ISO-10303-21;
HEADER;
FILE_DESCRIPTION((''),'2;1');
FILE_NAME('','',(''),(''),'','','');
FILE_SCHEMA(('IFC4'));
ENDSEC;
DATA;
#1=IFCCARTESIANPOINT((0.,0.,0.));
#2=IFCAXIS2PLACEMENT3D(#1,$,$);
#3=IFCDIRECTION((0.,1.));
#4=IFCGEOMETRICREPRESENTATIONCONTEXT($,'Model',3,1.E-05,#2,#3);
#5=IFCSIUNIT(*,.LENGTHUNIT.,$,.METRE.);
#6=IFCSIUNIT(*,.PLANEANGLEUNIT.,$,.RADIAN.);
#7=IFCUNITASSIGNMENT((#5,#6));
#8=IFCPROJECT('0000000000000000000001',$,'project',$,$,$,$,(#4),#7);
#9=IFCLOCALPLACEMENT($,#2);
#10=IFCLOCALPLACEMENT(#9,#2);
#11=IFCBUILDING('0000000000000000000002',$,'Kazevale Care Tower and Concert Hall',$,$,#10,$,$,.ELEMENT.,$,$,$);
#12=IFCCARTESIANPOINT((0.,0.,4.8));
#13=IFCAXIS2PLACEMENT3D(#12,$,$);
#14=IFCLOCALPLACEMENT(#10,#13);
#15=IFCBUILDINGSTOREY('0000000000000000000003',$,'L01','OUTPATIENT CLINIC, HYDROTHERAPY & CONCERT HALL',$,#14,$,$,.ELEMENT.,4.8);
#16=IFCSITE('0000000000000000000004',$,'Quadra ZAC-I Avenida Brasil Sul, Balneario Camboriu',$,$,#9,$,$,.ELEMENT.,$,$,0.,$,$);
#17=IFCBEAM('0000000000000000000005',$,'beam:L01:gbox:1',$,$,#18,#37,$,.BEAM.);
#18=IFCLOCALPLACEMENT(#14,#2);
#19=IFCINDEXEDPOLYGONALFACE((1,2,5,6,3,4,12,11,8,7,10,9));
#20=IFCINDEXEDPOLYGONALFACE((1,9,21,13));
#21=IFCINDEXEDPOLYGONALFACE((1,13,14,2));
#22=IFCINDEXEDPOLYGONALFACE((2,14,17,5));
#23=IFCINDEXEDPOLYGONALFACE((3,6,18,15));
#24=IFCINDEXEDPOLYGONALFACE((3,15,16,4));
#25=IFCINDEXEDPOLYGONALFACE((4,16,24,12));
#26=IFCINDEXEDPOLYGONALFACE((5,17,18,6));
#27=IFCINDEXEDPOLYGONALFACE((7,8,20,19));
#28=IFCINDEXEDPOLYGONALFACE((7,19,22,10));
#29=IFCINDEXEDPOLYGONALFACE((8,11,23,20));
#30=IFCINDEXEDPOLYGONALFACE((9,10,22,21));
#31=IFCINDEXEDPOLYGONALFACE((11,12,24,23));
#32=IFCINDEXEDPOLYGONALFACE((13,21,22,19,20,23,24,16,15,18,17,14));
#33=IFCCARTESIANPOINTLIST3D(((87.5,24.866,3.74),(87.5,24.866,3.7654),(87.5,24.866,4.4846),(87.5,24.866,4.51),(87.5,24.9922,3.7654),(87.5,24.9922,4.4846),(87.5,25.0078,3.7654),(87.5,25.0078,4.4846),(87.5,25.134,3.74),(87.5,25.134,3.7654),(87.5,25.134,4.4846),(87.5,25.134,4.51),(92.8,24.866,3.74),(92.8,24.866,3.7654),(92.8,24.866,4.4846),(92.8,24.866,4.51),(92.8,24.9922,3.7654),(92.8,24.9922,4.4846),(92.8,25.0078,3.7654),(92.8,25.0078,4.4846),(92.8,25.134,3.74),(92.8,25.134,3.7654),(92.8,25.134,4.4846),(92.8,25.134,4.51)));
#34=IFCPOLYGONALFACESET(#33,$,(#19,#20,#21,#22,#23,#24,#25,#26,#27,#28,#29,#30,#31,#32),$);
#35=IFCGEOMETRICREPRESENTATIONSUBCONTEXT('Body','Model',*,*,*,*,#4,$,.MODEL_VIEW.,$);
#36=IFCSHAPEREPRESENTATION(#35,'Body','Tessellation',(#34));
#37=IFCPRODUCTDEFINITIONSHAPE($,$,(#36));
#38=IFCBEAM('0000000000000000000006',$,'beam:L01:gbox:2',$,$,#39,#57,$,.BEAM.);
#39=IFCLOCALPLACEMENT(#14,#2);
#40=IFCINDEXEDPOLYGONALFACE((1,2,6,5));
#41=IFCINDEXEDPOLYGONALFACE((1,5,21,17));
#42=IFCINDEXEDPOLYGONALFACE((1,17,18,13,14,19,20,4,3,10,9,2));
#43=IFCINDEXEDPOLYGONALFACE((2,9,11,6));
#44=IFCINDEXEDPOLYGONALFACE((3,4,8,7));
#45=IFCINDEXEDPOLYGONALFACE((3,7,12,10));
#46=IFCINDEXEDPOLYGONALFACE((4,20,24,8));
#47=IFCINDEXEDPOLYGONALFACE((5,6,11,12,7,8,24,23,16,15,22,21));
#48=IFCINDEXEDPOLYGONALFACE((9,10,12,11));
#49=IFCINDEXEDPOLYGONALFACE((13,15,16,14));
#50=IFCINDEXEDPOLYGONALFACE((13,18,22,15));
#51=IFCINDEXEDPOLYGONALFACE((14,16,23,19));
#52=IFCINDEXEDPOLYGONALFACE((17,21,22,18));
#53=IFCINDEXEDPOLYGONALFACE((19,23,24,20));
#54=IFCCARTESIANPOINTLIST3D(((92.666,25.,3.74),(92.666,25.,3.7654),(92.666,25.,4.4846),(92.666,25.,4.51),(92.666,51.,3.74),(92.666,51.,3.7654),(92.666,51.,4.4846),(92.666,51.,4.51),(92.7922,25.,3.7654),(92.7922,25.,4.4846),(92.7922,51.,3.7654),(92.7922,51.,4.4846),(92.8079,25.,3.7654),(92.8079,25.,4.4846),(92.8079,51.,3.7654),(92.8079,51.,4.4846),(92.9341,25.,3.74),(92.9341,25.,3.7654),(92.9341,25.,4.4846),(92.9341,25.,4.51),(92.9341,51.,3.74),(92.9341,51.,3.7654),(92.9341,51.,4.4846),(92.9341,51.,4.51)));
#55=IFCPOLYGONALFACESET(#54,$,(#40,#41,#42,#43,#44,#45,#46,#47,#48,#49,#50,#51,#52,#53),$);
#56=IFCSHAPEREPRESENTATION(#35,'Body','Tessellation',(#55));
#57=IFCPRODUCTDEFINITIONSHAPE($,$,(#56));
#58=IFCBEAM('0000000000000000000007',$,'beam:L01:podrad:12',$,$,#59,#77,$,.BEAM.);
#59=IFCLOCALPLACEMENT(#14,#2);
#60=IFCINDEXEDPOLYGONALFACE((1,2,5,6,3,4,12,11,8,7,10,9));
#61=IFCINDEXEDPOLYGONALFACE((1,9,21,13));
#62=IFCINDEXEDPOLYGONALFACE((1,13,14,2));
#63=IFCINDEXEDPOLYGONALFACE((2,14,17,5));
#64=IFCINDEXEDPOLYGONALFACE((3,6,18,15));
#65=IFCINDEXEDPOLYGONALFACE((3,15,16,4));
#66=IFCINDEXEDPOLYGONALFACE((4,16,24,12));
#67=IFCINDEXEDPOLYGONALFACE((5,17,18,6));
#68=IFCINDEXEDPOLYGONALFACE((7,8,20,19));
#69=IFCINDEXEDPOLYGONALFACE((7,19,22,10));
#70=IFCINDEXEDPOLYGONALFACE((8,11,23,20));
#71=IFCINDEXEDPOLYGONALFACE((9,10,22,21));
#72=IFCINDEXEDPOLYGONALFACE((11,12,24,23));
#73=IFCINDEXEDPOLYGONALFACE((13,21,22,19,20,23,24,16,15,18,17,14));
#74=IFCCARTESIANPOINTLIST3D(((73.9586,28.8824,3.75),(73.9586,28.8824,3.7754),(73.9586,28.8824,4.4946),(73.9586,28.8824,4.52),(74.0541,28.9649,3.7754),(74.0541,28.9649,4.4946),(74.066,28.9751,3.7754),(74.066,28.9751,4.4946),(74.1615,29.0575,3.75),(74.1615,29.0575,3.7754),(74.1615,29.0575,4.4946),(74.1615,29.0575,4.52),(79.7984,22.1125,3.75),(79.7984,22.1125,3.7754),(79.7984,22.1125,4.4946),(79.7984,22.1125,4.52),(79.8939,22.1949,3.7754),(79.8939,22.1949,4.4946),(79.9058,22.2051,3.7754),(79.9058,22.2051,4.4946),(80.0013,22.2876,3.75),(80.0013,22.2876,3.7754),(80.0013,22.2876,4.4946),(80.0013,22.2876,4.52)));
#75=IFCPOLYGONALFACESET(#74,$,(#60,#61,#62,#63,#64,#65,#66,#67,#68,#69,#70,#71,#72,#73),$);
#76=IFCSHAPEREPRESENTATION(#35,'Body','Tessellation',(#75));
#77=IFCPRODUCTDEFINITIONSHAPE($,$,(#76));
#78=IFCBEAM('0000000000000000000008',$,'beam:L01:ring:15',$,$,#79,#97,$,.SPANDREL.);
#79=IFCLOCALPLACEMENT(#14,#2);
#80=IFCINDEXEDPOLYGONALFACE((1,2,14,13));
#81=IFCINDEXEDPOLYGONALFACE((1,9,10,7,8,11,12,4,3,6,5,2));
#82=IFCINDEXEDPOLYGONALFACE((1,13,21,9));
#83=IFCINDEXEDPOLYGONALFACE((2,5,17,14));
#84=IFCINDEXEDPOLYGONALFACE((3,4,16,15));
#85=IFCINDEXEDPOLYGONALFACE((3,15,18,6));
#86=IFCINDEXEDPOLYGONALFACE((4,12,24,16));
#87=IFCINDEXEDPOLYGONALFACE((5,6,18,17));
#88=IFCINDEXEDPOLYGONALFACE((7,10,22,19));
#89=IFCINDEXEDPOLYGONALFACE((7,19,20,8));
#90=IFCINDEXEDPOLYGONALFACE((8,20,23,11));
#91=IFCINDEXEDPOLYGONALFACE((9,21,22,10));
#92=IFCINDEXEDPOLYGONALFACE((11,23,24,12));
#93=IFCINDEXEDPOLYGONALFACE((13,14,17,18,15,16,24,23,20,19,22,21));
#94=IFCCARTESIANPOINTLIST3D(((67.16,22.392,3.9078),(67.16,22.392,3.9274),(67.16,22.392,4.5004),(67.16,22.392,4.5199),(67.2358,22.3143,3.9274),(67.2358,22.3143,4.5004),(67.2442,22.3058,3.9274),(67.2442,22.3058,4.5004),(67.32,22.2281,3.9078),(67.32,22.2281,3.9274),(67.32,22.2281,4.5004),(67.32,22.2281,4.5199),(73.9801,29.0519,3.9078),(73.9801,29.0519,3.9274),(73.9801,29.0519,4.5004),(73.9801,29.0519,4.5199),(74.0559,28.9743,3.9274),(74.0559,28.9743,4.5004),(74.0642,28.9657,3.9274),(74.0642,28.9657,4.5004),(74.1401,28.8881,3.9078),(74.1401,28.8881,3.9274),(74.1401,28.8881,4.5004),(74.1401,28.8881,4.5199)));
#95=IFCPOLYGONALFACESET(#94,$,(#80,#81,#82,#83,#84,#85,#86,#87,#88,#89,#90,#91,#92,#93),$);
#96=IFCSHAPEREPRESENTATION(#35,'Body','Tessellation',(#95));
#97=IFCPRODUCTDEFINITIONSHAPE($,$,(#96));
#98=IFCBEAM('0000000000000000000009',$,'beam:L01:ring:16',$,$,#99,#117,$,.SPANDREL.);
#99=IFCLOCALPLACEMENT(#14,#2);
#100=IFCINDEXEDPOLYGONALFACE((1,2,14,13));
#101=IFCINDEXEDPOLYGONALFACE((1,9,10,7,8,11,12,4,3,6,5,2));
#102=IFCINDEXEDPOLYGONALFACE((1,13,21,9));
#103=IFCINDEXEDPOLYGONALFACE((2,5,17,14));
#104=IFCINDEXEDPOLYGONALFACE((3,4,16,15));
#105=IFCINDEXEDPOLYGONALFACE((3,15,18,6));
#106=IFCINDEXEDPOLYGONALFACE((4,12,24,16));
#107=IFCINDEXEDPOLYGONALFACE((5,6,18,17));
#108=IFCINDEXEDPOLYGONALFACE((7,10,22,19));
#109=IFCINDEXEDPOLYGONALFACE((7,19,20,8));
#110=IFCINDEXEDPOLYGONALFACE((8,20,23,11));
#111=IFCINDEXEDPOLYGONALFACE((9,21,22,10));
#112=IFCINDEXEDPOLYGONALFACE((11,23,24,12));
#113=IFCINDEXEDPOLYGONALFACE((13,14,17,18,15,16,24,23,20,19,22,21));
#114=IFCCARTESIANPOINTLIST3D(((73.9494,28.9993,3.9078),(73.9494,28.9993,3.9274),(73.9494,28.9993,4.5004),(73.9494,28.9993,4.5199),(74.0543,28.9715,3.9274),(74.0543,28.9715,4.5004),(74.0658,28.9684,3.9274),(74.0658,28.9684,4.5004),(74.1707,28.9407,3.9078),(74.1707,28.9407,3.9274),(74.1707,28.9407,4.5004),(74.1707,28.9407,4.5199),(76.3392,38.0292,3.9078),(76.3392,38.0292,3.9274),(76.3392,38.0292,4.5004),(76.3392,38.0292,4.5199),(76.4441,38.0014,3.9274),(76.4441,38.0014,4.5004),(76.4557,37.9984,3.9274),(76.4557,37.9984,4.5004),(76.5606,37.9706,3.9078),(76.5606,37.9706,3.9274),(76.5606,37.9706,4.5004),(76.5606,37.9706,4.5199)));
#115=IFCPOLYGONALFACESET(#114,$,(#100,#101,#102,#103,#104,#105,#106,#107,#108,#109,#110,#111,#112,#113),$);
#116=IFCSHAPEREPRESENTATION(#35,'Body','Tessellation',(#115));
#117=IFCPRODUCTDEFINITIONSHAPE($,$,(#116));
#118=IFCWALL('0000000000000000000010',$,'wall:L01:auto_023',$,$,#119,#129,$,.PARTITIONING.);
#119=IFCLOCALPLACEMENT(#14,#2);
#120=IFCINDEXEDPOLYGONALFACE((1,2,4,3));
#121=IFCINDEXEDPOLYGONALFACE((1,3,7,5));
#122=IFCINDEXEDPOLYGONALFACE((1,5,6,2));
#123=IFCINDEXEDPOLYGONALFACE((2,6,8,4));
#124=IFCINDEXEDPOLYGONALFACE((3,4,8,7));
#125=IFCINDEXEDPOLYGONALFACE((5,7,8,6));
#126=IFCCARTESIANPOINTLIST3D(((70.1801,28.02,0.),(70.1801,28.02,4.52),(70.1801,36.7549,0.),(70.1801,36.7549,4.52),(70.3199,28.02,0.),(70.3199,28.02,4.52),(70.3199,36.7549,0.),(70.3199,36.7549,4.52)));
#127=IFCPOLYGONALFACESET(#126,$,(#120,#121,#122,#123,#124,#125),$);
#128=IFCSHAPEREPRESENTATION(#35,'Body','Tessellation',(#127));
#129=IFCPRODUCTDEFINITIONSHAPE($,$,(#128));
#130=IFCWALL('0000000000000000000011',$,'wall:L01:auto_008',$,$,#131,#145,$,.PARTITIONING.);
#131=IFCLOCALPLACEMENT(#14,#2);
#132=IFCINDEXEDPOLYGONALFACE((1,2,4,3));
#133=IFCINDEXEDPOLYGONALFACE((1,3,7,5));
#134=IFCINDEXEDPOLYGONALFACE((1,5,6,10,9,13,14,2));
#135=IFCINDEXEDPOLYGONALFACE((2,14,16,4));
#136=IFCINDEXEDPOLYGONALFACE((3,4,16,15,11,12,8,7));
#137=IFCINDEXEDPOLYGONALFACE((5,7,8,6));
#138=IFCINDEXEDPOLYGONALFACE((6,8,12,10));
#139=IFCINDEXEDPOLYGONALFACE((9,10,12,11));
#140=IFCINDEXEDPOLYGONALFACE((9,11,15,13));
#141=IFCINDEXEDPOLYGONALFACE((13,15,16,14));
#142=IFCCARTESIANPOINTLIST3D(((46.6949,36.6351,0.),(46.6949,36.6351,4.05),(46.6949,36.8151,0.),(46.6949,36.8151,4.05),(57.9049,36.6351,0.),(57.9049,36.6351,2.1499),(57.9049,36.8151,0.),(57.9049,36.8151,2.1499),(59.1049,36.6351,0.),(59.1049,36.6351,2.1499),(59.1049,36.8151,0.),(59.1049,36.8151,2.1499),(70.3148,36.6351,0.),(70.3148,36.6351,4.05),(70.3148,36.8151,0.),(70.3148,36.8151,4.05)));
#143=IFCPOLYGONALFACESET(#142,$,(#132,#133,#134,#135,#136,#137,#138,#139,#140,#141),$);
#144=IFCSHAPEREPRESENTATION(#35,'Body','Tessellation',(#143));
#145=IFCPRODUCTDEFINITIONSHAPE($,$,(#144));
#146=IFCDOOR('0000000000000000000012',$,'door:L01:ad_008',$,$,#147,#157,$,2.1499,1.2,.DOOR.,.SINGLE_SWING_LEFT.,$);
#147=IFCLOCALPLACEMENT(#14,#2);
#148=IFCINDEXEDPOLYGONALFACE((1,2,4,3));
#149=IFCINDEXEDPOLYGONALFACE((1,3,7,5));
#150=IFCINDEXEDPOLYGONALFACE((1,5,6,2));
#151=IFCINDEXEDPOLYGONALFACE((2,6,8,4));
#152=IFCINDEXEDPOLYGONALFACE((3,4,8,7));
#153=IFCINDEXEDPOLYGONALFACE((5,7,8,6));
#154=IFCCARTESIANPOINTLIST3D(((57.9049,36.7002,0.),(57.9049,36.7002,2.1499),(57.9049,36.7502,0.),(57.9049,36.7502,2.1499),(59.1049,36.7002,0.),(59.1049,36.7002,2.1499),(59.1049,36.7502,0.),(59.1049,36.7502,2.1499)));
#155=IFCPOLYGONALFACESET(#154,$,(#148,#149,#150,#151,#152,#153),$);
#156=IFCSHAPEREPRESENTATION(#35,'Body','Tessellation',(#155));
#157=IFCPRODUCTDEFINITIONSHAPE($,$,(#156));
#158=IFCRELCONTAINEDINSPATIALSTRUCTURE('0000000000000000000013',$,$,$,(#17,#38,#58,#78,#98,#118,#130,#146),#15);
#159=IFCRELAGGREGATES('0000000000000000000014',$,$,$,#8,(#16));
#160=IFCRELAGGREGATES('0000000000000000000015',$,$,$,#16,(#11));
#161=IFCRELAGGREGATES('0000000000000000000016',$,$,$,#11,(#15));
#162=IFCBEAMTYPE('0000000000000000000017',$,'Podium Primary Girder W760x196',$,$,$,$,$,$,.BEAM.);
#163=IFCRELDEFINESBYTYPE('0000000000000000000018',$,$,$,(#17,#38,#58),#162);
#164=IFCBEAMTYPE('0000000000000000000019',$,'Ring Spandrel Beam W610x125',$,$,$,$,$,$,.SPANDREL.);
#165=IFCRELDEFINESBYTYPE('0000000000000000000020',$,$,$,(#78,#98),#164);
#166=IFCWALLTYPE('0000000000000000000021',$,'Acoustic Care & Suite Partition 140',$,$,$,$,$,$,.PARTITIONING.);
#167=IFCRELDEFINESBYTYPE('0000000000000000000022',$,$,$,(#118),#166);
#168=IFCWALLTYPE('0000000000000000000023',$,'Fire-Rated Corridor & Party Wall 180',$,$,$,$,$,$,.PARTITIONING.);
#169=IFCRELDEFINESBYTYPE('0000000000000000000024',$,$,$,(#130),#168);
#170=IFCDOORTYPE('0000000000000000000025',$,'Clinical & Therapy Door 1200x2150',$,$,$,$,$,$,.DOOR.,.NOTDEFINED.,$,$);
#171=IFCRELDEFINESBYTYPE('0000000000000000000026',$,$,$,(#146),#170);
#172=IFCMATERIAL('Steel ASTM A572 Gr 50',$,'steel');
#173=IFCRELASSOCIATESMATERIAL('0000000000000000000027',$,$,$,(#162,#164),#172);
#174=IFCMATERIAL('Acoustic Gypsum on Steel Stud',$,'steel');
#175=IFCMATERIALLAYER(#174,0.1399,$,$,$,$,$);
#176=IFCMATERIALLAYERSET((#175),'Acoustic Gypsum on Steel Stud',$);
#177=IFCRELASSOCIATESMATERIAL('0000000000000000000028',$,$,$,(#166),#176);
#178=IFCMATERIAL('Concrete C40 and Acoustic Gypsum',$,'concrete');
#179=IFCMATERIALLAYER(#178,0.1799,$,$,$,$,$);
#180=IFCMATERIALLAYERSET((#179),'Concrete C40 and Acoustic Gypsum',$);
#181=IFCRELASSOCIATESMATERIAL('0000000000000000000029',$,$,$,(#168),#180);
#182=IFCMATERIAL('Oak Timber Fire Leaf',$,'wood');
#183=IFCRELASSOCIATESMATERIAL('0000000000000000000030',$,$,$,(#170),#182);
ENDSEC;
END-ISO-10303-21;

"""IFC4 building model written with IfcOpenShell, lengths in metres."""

from ifc_helpers import new_model, si_unit, direction, frame, frame_2d, origin, origin_2d, place, context, subcontext, project, spatial, rectangle, i_section, extrude, material, layer, layer_set, material_profile, profile_set, type_object, element, fill, save


model = new_model("IFC4")

# Units and contexts
model_context = context("Model", 3, precision=1e-05, world=origin(), true_north=direction((0.0, 1.0)))
body_context = subcontext(model_context, "Body", "Model", "MODEL_VIEW")
ifc_project = project(units=[si_unit("LENGTHUNIT", "METRE"), si_unit("PLANEANGLEUNIT", "RADIAN")], contexts=[model_context])

# Site, building, storey
site_placement = place(None, origin())
site = spatial("IfcSite", under=ifc_project, at=site_placement, Name="Quadra ZAC-I Avenida Brasil Sul, Balneario Camboriu", CompositionType="ELEMENT", RefElevation=0.0)
building_placement = place(site_placement, origin())
building = spatial("IfcBuilding", under=site, at=building_placement, Name="Kazevale Care Tower and Concert Hall", CompositionType="ELEMENT")
storey_placement = place(building_placement, frame((0.0, 0.0, 4.8)))
storey = spatial("IfcBuildingStorey", under=building, at=storey_placement, Name="L01", Description="OUTPATIENT CLINIC, HYDROTHERAPY & CONCERT HALL", CompositionType="ELEMENT", Elevation=4.8)

# Beams
ifc_material_1 = material(Name="Steel ASTM A572 Gr 50", Category="steel")
ifc_material_profile_1 = material_profile(ifc_material_1, i_section(OverallWidth=0.2681, OverallDepth=0.77, WebThickness=0.0156, FlangeThickness=0.0254, at=origin_2d()), Name="W760x196")
ifc_profile_set_1 = profile_set([ifc_material_profile_1], Name="Steel ASTM A572 Gr 50")
beam_type_1 = type_object("IfcBeamType", Name="Podium Primary Girder W760x196", PredefinedType="BEAM", material=ifc_profile_set_1)
beam_1_placement = place(storey_placement, frame((87.5, 25.0, 4.125), z_axis=(1.0, 0.0, 0.0), x_axis=(0.0, 1.0, 0.0)))
element("IfcBeam", 1, at=beam_1_placement, inside=storey, type_object=beam_type_1, Name="beam:L01:gbox:1", PredefinedType="BEAM", context=body_context, shape_type="SweptSolid", body=[
    extrude(i_section(OverallWidth=0.2681, OverallDepth=0.77, WebThickness=0.0156, FlangeThickness=0.0254, at=origin_2d()), origin(), (0.0, 0.0, 1.0), 5.3),
])
beam_2_placement = place(storey_placement, frame((92.8, 25.0, 4.125), z_axis=(0.0, 1.0, 0.0), x_axis=(-1.0, 0.0, 0.0)))
element("IfcBeam", 2, at=beam_2_placement, inside=storey, type_object=beam_type_1, Name="beam:L01:gbox:2", PredefinedType="BEAM", context=body_context, shape_type="SweptSolid", body=[
    extrude(i_section(OverallWidth=0.2681, OverallDepth=0.77, WebThickness=0.0156, FlangeThickness=0.0254, at=origin_2d()), origin(), (0.0, 0.0, 1.0), 26.0),
])
beam_3_placement = place(storey_placement, frame((74.0601, 28.97, 4.135), z_axis=(0.653172, -0.75721, 0.0), x_axis=(0.75721, 0.653172, 0.0)))
element("IfcBeam", 3, at=beam_3_placement, inside=storey, type_object=beam_type_1, Name="beam:L01:podrad:12", PredefinedType="BEAM", context=body_context, shape_type="SweptSolid", body=[
    extrude(i_section(OverallWidth=0.2681, OverallDepth=0.77, WebThickness=0.0156, FlangeThickness=0.0254, at=origin_2d()), origin(), (0.0, 0.0, 1.0), 8.9407),
])
ifc_material_profile_2 = material_profile(ifc_material_1, i_section(OverallWidth=0.229, OverallDepth=0.6121, WebThickness=0.012, FlangeThickness=0.0195, at=origin_2d()), Name="W610x125")
ifc_profile_set_2 = profile_set([ifc_material_profile_2], Name="Steel ASTM A572 Gr 50")
beam_type_2 = type_object("IfcBeamType", Name="Ring Spandrel Beam W610x125", PredefinedType="SPANDREL", material=ifc_profile_set_2)
beam_4_placement = place(storey_placement, frame((67.24, 22.3101, 4.2139), z_axis=(0.715457, 0.698656, 0.0), x_axis=(-0.698656, 0.715457, 0.0)))
element("IfcBeam", 4, at=beam_4_placement, inside=storey, type_object=beam_type_2, Name="beam:L01:ring:15", PredefinedType="SPANDREL", context=body_context, shape_type="SweptSolid", body=[
    extrude(i_section(OverallWidth=0.229, OverallDepth=0.6121, WebThickness=0.012, FlangeThickness=0.0195, at=origin_2d()), origin(), (0.0, 0.0, 1.0), 9.5325),
])
beam_5_placement = place(storey_placement, frame((74.0601, 28.97, 4.2139), z_axis=(0.255852, 0.966716, 0.0), x_axis=(-0.966716, 0.255852, 0.0)))
element("IfcBeam", 5, at=beam_5_placement, inside=storey, type_object=beam_type_2, Name="beam:L01:ring:16", PredefinedType="SPANDREL", context=body_context, shape_type="SweptSolid", body=[
    extrude(i_section(OverallWidth=0.229, OverallDepth=0.6121, WebThickness=0.012, FlangeThickness=0.0195, at=origin_2d()), origin(), (0.0, 0.0, 1.0), 9.3408),
])

# Wall
ifc_material_2 = material(Name="Acoustic Gypsum on Steel Stud", Category="steel")
ifc_layer_1 = layer(ifc_material_2, 0.1399)
ifc_layer_set_1 = layer_set([ifc_layer_1], Name="Acoustic Gypsum on Steel Stud")
wall_type_1 = type_object("IfcWallType", Name="Acoustic Care & Suite Partition 140", PredefinedType="PARTITIONING", material=ifc_layer_set_1)
wall_1_placement = place(storey_placement, frame((70.25, 36.7549, 0.0), z_axis=(0.0, 0.0, 1.0), x_axis=(0.0, -1.0, 0.0)))
element("IfcWall", 6, at=wall_1_placement, inside=storey, type_object=wall_type_1, Name="wall:L01:auto_023", PredefinedType="PARTITIONING", context=body_context, shape_type="SweptSolid", body=[
    extrude(rectangle(XDim=8.7349, YDim=0.1399, at=frame_2d((4.3674, 0.0))), origin(), (0.0, 0.0, 1.0), 4.52),
])

# Wall, opening, door
ifc_material_3 = material(Name="Concrete C40 and Acoustic Gypsum", Category="concrete")
ifc_layer_2 = layer(ifc_material_3, 0.1799)
ifc_layer_set_2 = layer_set([ifc_layer_2], Name="Concrete C40 and Acoustic Gypsum")
wall_type_2 = type_object("IfcWallType", Name="Fire-Rated Corridor & Party Wall 180", PredefinedType="PARTITIONING", material=ifc_layer_set_2)
wall_2_placement = place(storey_placement, frame((70.3149, 36.7251, 0.0), z_axis=(0.0, 0.0, 1.0), x_axis=(-1.0, 0.0, 0.0)))
wall_2 = element("IfcWall", 7, at=wall_2_placement, inside=storey, type_object=wall_type_2, Name="wall:L01:auto_008", PredefinedType="PARTITIONING", context=body_context, shape_type="SweptSolid", body=[
    extrude(rectangle(XDim=23.6199, YDim=0.1799, at=frame_2d((11.8101, 0.0))), origin(), (0.0, 0.0, 1.0), 4.05),
])
opening_1_placement = place(wall_2_placement, frame((11.21, 0.0, 0.0)))
opening_1 = element("IfcOpeningElement", 8, at=opening_1_placement, cuts=wall_2, PredefinedType="OPENING", context=body_context, shape_type="SweptSolid", body=[
    extrude(rectangle(XDim=1.2, YDim=2.1499, at=frame_2d((0.6001, 1.075))), frame((0.0, 0.0999, 0.0), z_axis=(0.0, -1.0, 0.0), x_axis=(1.0, 0.0, 0.0)), (0.0, 0.0, 1.0), 0.2),
])
ifc_material_4 = material(Name="Oak Timber Fire Leaf", Category="wood")
door_type = type_object("IfcDoorType", Name="Clinical & Therapy Door 1200x2150", OperationType="NOTDEFINED", PredefinedType="DOOR", material=ifc_material_4)
door_1_placement = place(opening_1_placement, origin())
door_1 = element("IfcDoor", 9, at=door_1_placement, inside=storey, type_object=door_type, Name="door:L01:ad_008", OperationType="SINGLE_SWING_LEFT", OverallHeight=2.1499, OverallWidth=1.2, PredefinedType="DOOR", context=body_context, shape_type="SweptSolid", body=[
    extrude(rectangle(XDim=1.2, YDim=2.1499, at=frame_2d((0.6001, 1.075))), frame((0.0, 0.0249, 0.0), z_axis=(0.0, -1.0, 0.0), x_axis=(1.0, 0.0, 0.0)), (0.0, 0.0, 1.0), 0.05),
])
fill(opening_1, door_1)

save(model, "model.ifc")
